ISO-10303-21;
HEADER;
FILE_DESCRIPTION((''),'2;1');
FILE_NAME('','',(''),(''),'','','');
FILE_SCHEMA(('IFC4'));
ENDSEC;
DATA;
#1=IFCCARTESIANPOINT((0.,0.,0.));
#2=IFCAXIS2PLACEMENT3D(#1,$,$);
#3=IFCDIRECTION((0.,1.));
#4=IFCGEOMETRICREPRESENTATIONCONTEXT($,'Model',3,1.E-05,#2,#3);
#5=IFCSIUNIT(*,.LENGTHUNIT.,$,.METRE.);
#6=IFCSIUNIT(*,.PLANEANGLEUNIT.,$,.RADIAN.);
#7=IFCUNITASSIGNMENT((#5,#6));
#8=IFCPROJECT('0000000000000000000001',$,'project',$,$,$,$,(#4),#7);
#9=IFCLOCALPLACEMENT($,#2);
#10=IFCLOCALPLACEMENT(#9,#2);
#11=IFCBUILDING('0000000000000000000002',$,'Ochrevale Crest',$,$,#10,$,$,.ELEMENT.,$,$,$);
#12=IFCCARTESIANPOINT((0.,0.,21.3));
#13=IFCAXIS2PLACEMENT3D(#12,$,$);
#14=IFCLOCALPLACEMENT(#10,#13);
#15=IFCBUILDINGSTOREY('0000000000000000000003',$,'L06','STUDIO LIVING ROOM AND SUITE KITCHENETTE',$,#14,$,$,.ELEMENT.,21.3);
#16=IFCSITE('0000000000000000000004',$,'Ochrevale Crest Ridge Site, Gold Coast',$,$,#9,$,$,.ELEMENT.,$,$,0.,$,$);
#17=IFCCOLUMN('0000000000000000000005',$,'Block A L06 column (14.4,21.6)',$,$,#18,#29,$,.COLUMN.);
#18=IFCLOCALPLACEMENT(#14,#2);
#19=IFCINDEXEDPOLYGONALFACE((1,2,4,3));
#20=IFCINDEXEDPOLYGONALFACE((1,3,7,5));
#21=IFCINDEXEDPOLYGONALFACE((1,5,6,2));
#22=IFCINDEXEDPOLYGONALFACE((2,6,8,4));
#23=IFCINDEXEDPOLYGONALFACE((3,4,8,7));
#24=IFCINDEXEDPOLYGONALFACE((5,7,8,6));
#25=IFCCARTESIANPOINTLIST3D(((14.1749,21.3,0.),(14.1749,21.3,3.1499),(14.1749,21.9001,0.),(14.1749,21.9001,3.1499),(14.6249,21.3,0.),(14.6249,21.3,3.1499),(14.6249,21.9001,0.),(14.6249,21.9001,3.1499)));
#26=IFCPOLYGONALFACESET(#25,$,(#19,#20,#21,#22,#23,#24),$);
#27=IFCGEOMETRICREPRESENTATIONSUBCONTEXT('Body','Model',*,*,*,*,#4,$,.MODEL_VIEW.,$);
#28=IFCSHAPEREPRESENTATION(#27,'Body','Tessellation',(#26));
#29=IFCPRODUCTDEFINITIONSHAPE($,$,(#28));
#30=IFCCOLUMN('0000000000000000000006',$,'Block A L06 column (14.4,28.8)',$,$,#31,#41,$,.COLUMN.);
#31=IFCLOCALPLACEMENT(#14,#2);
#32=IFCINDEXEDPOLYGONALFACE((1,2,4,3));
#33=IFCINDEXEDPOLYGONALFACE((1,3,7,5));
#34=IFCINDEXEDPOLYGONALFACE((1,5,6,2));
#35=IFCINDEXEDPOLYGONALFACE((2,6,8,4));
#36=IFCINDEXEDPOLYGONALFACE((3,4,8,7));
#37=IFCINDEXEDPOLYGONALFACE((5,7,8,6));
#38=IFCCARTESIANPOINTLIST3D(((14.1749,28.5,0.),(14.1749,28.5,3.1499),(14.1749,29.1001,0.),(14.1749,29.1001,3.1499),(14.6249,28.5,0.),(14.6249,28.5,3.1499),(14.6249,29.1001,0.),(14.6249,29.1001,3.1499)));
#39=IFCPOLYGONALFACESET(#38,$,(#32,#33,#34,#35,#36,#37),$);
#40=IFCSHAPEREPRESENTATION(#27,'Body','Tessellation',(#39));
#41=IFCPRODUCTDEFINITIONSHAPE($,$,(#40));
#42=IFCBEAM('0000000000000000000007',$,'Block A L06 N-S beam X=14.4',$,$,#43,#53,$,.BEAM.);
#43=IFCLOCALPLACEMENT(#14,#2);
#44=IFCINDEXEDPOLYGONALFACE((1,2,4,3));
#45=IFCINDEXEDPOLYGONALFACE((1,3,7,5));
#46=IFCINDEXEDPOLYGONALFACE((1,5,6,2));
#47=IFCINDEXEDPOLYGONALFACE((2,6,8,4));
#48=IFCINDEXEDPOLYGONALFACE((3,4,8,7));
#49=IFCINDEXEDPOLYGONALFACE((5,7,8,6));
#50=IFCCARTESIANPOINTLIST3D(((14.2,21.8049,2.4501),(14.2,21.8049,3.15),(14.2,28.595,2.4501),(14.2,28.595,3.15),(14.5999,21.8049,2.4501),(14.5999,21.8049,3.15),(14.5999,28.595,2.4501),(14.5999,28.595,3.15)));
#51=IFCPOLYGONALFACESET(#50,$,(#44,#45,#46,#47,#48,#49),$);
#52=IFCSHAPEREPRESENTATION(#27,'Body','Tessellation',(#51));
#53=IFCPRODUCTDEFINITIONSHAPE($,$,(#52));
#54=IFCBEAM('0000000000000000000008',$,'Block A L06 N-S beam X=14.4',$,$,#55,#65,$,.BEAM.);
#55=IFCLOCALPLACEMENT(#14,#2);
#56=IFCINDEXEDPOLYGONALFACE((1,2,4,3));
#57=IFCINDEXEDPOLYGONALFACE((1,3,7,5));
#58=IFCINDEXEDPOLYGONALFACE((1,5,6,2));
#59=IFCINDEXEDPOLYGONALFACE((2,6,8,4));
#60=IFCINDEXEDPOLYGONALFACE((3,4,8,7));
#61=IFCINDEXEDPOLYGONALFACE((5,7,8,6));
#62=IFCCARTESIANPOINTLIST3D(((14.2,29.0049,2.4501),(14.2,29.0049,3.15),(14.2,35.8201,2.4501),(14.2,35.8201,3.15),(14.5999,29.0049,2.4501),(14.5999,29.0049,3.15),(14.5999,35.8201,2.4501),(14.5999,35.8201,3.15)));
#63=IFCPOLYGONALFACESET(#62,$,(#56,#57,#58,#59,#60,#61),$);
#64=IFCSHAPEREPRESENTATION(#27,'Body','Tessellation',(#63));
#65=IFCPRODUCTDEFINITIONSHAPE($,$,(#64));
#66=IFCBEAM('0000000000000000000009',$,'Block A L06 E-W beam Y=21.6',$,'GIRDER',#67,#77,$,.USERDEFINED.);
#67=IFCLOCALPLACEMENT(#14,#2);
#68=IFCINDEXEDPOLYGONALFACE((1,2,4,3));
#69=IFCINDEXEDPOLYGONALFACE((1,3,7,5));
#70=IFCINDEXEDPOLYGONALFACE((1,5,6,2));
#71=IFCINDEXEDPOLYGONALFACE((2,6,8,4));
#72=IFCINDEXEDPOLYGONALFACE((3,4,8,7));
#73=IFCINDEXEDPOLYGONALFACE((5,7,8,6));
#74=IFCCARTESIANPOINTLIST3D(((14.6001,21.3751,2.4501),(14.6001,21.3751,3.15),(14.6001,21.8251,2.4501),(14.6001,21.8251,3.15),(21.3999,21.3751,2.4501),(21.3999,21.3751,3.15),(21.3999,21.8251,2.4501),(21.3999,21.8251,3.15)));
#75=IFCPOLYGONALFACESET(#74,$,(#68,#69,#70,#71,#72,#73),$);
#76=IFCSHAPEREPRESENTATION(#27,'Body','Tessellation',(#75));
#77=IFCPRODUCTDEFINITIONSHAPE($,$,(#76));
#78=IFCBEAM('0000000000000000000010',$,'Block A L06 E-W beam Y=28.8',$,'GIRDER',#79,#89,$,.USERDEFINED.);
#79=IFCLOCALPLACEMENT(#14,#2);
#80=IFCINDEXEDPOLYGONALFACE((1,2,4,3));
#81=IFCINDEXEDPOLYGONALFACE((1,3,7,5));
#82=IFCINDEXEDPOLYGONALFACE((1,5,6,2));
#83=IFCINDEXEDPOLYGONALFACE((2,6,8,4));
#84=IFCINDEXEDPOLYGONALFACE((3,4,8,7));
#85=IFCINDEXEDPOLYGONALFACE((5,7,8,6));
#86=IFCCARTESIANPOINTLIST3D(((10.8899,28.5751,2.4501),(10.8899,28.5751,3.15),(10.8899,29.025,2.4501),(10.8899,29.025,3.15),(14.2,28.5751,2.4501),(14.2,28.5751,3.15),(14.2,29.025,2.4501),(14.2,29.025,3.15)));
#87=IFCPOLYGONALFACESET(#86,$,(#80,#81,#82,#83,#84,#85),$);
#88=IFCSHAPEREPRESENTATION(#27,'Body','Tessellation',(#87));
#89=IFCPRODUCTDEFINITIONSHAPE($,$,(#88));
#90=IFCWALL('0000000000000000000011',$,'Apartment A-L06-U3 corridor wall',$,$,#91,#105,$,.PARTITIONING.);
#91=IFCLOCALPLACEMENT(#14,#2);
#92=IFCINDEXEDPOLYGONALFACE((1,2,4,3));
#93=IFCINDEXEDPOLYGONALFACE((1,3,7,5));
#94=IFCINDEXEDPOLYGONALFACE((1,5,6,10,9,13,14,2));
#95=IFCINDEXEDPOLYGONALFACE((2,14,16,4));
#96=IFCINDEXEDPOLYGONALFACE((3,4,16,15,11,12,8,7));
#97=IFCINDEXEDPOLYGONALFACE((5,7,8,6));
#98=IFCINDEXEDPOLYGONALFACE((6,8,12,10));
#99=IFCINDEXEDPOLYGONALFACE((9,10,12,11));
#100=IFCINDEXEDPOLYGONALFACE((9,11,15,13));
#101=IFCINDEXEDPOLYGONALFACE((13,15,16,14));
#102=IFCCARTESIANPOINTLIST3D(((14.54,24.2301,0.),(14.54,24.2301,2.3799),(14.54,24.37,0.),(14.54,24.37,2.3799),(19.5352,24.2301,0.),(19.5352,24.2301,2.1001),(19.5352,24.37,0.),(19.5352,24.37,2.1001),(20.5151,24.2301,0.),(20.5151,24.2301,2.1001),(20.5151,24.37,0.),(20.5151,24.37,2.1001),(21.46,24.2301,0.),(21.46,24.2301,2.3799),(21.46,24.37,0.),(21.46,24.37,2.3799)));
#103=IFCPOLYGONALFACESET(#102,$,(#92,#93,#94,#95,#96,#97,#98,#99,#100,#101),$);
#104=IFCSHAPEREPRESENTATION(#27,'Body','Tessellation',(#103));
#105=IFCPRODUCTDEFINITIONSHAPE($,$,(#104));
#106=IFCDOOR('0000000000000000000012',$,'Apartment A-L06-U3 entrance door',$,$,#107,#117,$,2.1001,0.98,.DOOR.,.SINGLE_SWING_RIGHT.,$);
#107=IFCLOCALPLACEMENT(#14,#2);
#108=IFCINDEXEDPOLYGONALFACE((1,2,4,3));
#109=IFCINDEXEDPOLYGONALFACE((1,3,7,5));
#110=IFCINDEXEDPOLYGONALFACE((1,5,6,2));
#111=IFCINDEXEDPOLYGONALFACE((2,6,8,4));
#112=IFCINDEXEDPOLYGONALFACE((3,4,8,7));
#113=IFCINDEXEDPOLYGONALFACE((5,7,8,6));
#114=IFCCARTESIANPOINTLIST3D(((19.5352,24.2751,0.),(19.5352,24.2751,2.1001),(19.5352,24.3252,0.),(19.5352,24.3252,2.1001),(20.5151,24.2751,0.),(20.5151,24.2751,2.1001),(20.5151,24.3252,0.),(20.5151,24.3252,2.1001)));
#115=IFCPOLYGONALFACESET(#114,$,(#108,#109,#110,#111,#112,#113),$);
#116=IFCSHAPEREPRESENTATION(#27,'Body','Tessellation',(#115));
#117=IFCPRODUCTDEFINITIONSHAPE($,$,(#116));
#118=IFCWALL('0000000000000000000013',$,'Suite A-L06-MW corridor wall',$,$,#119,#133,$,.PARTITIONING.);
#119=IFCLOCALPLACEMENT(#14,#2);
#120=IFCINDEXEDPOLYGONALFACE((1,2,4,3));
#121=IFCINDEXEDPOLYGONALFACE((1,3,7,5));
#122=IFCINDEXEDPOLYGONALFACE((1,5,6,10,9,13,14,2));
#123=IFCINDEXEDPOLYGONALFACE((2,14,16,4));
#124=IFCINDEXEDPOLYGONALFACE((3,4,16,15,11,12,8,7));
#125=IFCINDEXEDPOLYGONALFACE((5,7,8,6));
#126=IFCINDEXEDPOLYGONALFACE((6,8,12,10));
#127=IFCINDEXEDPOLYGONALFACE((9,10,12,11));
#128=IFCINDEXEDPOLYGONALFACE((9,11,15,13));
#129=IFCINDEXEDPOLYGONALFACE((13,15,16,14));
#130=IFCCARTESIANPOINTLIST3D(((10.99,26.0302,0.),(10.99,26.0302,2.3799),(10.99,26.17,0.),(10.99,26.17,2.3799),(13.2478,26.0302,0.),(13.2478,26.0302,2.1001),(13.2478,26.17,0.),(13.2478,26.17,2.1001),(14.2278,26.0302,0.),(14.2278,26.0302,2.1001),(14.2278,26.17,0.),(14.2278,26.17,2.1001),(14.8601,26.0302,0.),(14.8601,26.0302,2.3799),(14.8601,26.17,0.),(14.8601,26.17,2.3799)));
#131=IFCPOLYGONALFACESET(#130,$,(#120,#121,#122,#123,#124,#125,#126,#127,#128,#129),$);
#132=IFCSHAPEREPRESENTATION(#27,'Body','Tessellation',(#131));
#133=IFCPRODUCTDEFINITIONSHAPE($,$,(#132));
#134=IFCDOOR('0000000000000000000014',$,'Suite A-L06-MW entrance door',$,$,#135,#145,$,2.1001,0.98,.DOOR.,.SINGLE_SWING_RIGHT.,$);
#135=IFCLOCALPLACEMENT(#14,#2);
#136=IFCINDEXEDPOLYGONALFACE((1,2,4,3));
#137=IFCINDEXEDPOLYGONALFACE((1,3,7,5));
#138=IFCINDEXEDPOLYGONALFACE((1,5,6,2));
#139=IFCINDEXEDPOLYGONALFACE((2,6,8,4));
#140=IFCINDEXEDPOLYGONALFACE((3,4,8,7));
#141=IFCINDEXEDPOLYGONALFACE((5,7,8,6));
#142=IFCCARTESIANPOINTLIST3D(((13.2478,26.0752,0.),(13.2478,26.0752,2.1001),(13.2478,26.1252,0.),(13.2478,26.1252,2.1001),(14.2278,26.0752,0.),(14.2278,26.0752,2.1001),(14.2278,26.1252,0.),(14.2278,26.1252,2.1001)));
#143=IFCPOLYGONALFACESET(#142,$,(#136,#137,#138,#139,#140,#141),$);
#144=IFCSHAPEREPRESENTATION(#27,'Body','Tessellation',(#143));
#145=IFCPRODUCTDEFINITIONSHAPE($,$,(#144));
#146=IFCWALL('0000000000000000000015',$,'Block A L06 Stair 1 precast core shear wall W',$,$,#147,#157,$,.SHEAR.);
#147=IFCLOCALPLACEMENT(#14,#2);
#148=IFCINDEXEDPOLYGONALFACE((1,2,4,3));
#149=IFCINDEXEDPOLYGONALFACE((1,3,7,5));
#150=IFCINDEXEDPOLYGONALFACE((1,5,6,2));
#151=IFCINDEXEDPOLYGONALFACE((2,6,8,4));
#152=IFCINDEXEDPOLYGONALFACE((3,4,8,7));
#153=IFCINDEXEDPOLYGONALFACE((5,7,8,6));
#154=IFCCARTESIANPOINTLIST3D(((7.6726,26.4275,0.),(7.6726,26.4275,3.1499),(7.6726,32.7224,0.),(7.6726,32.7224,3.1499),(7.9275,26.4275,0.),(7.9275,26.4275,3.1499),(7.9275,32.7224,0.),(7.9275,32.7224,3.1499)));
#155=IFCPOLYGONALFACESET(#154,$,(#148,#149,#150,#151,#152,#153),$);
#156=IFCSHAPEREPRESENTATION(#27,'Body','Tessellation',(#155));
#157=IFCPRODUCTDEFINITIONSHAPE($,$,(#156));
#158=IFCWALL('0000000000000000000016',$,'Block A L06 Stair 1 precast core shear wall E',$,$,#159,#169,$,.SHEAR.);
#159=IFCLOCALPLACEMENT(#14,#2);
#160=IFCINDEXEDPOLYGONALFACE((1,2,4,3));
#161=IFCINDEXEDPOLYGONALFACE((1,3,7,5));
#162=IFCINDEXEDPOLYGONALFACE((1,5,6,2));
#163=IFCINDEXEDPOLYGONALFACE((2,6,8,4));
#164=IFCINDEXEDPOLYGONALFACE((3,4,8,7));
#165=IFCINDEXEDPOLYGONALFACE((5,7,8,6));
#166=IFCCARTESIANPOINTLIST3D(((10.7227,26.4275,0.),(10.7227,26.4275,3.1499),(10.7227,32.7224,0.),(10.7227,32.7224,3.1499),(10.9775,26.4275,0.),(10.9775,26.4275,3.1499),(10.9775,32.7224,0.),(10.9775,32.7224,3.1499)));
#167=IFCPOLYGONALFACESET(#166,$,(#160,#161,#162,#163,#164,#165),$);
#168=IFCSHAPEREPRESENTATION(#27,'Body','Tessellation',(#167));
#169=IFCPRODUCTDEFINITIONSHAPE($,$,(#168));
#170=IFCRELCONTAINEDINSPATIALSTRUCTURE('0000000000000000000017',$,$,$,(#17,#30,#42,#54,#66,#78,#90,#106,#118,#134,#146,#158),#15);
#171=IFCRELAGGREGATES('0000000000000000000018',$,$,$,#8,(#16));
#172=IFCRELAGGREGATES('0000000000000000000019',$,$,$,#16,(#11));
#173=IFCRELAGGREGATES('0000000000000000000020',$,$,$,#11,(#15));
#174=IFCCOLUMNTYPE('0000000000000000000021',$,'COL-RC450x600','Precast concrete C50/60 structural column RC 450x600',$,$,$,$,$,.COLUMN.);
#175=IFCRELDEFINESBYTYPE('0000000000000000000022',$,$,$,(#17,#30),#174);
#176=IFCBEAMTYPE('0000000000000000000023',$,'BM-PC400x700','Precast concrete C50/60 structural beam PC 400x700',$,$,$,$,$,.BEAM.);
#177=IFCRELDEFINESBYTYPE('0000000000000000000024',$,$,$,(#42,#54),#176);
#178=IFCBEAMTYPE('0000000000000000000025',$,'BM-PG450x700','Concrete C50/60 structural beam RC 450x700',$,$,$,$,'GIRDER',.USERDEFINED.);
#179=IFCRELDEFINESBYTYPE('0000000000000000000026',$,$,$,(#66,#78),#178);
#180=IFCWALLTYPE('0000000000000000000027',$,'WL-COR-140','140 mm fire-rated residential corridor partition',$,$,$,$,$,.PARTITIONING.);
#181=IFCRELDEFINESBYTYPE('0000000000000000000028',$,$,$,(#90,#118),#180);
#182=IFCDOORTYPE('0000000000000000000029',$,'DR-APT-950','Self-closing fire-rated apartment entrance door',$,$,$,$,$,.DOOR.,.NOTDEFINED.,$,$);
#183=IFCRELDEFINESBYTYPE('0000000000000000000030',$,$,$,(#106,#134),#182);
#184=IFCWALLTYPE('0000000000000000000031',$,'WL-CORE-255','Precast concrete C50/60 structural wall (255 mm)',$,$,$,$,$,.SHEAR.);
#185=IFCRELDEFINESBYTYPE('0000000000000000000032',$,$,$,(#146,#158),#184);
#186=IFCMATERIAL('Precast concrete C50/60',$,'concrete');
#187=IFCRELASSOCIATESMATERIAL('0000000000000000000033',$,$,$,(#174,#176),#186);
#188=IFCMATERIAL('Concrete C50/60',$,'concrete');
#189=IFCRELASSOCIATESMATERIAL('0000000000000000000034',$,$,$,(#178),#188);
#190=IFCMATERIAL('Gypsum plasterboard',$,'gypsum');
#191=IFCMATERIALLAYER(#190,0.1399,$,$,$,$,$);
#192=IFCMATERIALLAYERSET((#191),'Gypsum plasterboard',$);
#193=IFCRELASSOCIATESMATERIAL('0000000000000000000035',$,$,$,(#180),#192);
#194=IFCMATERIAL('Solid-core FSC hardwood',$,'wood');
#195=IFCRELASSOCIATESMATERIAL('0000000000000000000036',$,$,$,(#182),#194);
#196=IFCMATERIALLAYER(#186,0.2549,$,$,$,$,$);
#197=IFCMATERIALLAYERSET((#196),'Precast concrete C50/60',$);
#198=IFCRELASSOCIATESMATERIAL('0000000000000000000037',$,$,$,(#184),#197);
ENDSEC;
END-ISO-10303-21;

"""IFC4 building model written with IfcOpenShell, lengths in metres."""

from ifc_helpers import new_model, si_unit, direction, frame, frame_2d, origin, origin_2d, place, context, subcontext, project, spatial, rectangle, extrude, material, layer, layer_set, material_profile, profile_set, type_object, element, fill, save


model = new_model("IFC4")

# Units and contexts
model_context = context("Model", 3, precision=1e-05, world=origin(), true_north=direction((0.0, 1.0)))
body_context = subcontext(model_context, "Body", "Model", "MODEL_VIEW")
ifc_project = project(units=[si_unit("LENGTHUNIT", "METRE"), si_unit("PLANEANGLEUNIT", "RADIAN")], contexts=[model_context])

# Site, building, storey
site_placement = place(None, origin())
site = spatial("IfcSite", under=ifc_project, at=site_placement, Name="Ochrevale Crest Ridge Site, Gold Coast", CompositionType="ELEMENT", RefElevation=0.0)
building_placement = place(site_placement, origin())
building = spatial("IfcBuilding", under=site, at=building_placement, Name="Ochrevale Crest", CompositionType="ELEMENT")
storey_placement = place(building_placement, frame((0.0, 0.0, 21.3)))
storey = spatial("IfcBuildingStorey", under=building, at=storey_placement, Name="L06", Description="STUDIO LIVING ROOM AND SUITE KITCHENETTE", CompositionType="ELEMENT", Elevation=21.3)

# Columns
ifc_material_1 = material(Name="Precast concrete C50/60", Category="concrete")
ifc_material_profile_1 = material_profile(ifc_material_1, rectangle(XDim=0.45, YDim=0.6001, at=origin_2d()), Name="RC 450x600")
ifc_profile_set_1 = profile_set([ifc_material_profile_1], Name="Precast concrete C50/60")
column_type = type_object("IfcColumnType", Name="COL-RC450x600", Description="Precast concrete C50/60 structural column RC 450x600", PredefinedType="COLUMN", material=ifc_profile_set_1)
for number, where, z_axis, x_axis, name in (
    (1, (14.3999, 21.6001, 0.0), (0.0, 0.0, 1.0), (1.0, 0.0, 0.0), "Block A L06 column (14.4,21.6)"),
    (2, (14.3999, 28.8, 0.0), (0.0, 0.0, 1.0), (1.0, 0.0, 0.0), "Block A L06 column (14.4,28.8)"),
):
    element("IfcColumn", number, at=place(storey_placement, frame(where, z_axis=z_axis, x_axis=x_axis)), inside=storey, type_object=column_type, Name=name, PredefinedType="COLUMN", context=body_context, shape_type="SweptSolid", body=[
        extrude(rectangle(XDim=0.45, YDim=0.6001, at=origin_2d()), origin(), (0.0, 0.0, 1.0), 3.1499),
    ])

# Beams
ifc_material_profile_2 = material_profile(ifc_material_1, rectangle(XDim=0.3999, YDim=0.7, at=origin_2d()), Name="PC 400x700")
ifc_profile_set_2 = profile_set([ifc_material_profile_2], Name="Precast concrete C50/60")
beam_type_1 = type_object("IfcBeamType", Name="BM-PC400x700", Description="Precast concrete C50/60 structural beam PC 400x700", PredefinedType="BEAM", material=ifc_profile_set_2)
beam_1_placement = place(storey_placement, frame((14.3999, 21.8049, 2.8), z_axis=(0.0, 1.0, 0.0), x_axis=(-1.0, 0.0, 0.0)))
element("IfcBeam", 3, at=beam_1_placement, inside=storey, type_object=beam_type_1, Name="Block A L06 N-S beam X=14.4", PredefinedType="BEAM", context=body_context, shape_type="SweptSolid", body=[
    extrude(rectangle(XDim=0.3999, YDim=0.7, at=origin_2d()), origin(), (0.0, 0.0, 1.0), 6.79),
])
beam_2_placement = place(storey_placement, frame((14.3999, 29.0049, 2.8), z_axis=(0.0, 1.0, 0.0), x_axis=(-1.0, 0.0, 0.0)))
element("IfcBeam", 4, at=beam_2_placement, inside=storey, type_object=beam_type_1, Name="Block A L06 N-S beam X=14.4", PredefinedType="BEAM", context=body_context, shape_type="SweptSolid", body=[
    extrude(rectangle(XDim=0.3999, YDim=0.7, at=origin_2d()), origin(), (0.0, 0.0, 1.0), 6.8152),
])
ifc_material_2 = material(Name="Concrete C50/60", Category="concrete")
ifc_material_profile_3 = material_profile(ifc_material_2, rectangle(XDim=0.45, YDim=0.7, at=origin_2d()), Name="RC 450x700")
ifc_profile_set_3 = profile_set([ifc_material_profile_3], Name="Concrete C50/60")
beam_type_2 = type_object("IfcBeamType", Name="BM-PG450x700", Description="Concrete C50/60 structural beam RC 450x700", ElementType="GIRDER", PredefinedType="USERDEFINED", material=ifc_profile_set_3)
beam_3_placement = place(storey_placement, frame((14.6001, 21.6001, 2.8), z_axis=(1.0, 0.0, 0.0), x_axis=(0.0, 1.0, 0.0)))
element("IfcBeam", 5, at=beam_3_placement, inside=storey, type_object=beam_type_2, Name="Block A L06 E-W beam Y=21.6", ObjectType="GIRDER", PredefinedType="USERDEFINED", context=body_context, shape_type="SweptSolid", body=[
    extrude(rectangle(XDim=0.45, YDim=0.7, at=origin_2d()), origin(), (0.0, 0.0, 1.0), 6.7998),
])
beam_4_placement = place(storey_placement, frame((10.8899, 28.8, 2.8), z_axis=(1.0, 0.0, 0.0), x_axis=(0.0, 1.0, 0.0)))
element("IfcBeam", 6, at=beam_4_placement, inside=storey, type_object=beam_type_2, Name="Block A L06 E-W beam Y=28.8", ObjectType="GIRDER", PredefinedType="USERDEFINED", context=body_context, shape_type="SweptSolid", body=[
    extrude(rectangle(XDim=0.45, YDim=0.7, at=origin_2d()), origin(), (0.0, 0.0, 1.0), 3.3101),
])

# Walls, openings, doors
ifc_material_3 = material(Name="Gypsum plasterboard", Category="gypsum")
ifc_layer_1 = layer(ifc_material_3, 0.1399)
ifc_layer_set_1 = layer_set([ifc_layer_1], Name="Gypsum plasterboard")
wall_type_1 = type_object("IfcWallType", Name="WL-COR-140", Description="140 mm fire-rated residential corridor partition", PredefinedType="PARTITIONING", material=ifc_layer_set_1)
wall_1_placement = place(storey_placement, frame((14.54, 24.3, 0.0), z_axis=(0.0, 0.0, 1.0), x_axis=(1.0, 0.0, 0.0)))
wall_1 = element("IfcWall", 7, at=wall_1_placement, inside=storey, type_object=wall_type_1, Name="Apartment A-L06-U3 corridor wall", PredefinedType="PARTITIONING", context=body_context, shape_type="SweptSolid", body=[
    extrude(rectangle(XDim=6.9199, YDim=0.1399, at=frame_2d((3.46, 0.0))), origin(), (0.0, 0.0, 1.0), 2.3799),
])
opening_1_placement = place(wall_1_placement, frame((5.9751, 0.0, 0.0), z_axis=(0.0, 0.0, 1.0), x_axis=(-1.0, 0.0, 0.0)))
opening_1 = element("IfcOpeningElement", 8, at=opening_1_placement, cuts=wall_1, PredefinedType="OPENING", context=body_context, shape_type="SweptSolid", body=[
    extrude(rectangle(XDim=0.98, YDim=2.1001, at=frame_2d((0.49, 1.05))), frame((0.0, 0.0801, 0.0), z_axis=(0.0, -1.0, 0.0), x_axis=(1.0, 0.0, 0.0)), (0.0, 0.0, 1.0), 0.1599),
])
ifc_material_4 = material(Name="Solid-core FSC hardwood", Category="wood")
door_type_1 = type_object("IfcDoorType", Name="DR-APT-950", Description="Self-closing fire-rated apartment entrance door", OperationType="NOTDEFINED", PredefinedType="DOOR", material=ifc_material_4)
door_1_placement = place(opening_1_placement, origin())
door_1 = element("IfcDoor", 9, at=door_1_placement, inside=storey, type_object=door_type_1, Name="Apartment A-L06-U3 entrance door", OperationType="SINGLE_SWING_RIGHT", OverallHeight=2.1001, OverallWidth=0.98, PredefinedType="DOOR", context=body_context, shape_type="SweptSolid", body=[
    extrude(rectangle(XDim=0.98, YDim=2.1001, at=frame_2d((0.49, 1.05))), frame((0.0, 0.0249, 0.0), z_axis=(0.0, -1.0, 0.0), x_axis=(1.0, 0.0, 0.0)), (0.0, 0.0, 1.0), 0.05),
])
fill(opening_1, door_1)
wall_2_placement = place(storey_placement, frame((10.99, 26.1001, 0.0), z_axis=(0.0, 0.0, 1.0), x_axis=(1.0, 0.0, 0.0)))
wall_2 = element("IfcWall", 10, at=wall_2_placement, inside=storey, type_object=wall_type_1, Name="Suite A-L06-MW corridor wall", PredefinedType="PARTITIONING", context=body_context, shape_type="SweptSolid", body=[
    extrude(rectangle(XDim=3.8701, YDim=0.1399, at=frame_2d((1.9351, 0.0))), origin(), (0.0, 0.0, 1.0), 2.3799),
])
opening_2_placement = place(wall_2_placement, frame((3.2378, 0.0, 0.0), z_axis=(0.0, 0.0, 1.0), x_axis=(-1.0, 0.0, 0.0)))
opening_2 = element("IfcOpeningElement", 11, at=opening_2_placement, cuts=wall_2, PredefinedType="OPENING", context=body_context, shape_type="SweptSolid", body=[
    extrude(rectangle(XDim=0.98, YDim=2.1001, at=frame_2d((0.49, 1.05))), frame((0.0, 0.0801, 0.0), z_axis=(0.0, -1.0, 0.0), x_axis=(1.0, 0.0, 0.0)), (0.0, 0.0, 1.0), 0.1599),
])
door_2_placement = place(opening_2_placement, origin())
door_2 = element("IfcDoor", 12, at=door_2_placement, inside=storey, type_object=door_type_1, Name="Suite A-L06-MW entrance door", OperationType="SINGLE_SWING_RIGHT", OverallHeight=2.1001, OverallWidth=0.98, PredefinedType="DOOR", context=body_context, shape_type="SweptSolid", body=[
    extrude(rectangle(XDim=0.98, YDim=2.1001, at=frame_2d((0.49, 1.05))), frame((0.0, 0.0249, 0.0), z_axis=(0.0, -1.0, 0.0), x_axis=(1.0, 0.0, 0.0)), (0.0, 0.0, 1.0), 0.05),
])
fill(opening_2, door_2)

# Walls
ifc_layer_2 = layer(ifc_material_1, 0.2549)
ifc_layer_set_2 = layer_set([ifc_layer_2], Name="Precast concrete C50/60")
wall_type_2 = type_object("IfcWallType", Name="WL-CORE-255", Description="Precast concrete C50/60 structural wall (255 mm)", PredefinedType="SHEAR", material=ifc_layer_set_2)
for number, where, z_axis, x_axis, name in (
    (13, (7.8, 26.4275, 0.0), (0.0, 0.0, 1.0), (0.0, 1.0, 0.0), "Block A L06 Stair 1 precast core shear wall W"),
    (14, (10.8501, 26.4275, 0.0), (0.0, 0.0, 1.0), (0.0, 1.0, 0.0), "Block A L06 Stair 1 precast core shear wall E"),
):
    element("IfcWall", number, at=place(storey_placement, frame(where, z_axis=z_axis, x_axis=x_axis)), inside=storey, type_object=wall_type_2, Name=name, PredefinedType="SHEAR", context=body_context, shape_type="SweptSolid", body=[
        extrude(rectangle(XDim=6.2949, YDim=0.2549, at=frame_2d((3.1475, 0.0))), origin(), (0.0, 0.0, 1.0), 3.1499),
    ])

save(model, "model.ifc")
